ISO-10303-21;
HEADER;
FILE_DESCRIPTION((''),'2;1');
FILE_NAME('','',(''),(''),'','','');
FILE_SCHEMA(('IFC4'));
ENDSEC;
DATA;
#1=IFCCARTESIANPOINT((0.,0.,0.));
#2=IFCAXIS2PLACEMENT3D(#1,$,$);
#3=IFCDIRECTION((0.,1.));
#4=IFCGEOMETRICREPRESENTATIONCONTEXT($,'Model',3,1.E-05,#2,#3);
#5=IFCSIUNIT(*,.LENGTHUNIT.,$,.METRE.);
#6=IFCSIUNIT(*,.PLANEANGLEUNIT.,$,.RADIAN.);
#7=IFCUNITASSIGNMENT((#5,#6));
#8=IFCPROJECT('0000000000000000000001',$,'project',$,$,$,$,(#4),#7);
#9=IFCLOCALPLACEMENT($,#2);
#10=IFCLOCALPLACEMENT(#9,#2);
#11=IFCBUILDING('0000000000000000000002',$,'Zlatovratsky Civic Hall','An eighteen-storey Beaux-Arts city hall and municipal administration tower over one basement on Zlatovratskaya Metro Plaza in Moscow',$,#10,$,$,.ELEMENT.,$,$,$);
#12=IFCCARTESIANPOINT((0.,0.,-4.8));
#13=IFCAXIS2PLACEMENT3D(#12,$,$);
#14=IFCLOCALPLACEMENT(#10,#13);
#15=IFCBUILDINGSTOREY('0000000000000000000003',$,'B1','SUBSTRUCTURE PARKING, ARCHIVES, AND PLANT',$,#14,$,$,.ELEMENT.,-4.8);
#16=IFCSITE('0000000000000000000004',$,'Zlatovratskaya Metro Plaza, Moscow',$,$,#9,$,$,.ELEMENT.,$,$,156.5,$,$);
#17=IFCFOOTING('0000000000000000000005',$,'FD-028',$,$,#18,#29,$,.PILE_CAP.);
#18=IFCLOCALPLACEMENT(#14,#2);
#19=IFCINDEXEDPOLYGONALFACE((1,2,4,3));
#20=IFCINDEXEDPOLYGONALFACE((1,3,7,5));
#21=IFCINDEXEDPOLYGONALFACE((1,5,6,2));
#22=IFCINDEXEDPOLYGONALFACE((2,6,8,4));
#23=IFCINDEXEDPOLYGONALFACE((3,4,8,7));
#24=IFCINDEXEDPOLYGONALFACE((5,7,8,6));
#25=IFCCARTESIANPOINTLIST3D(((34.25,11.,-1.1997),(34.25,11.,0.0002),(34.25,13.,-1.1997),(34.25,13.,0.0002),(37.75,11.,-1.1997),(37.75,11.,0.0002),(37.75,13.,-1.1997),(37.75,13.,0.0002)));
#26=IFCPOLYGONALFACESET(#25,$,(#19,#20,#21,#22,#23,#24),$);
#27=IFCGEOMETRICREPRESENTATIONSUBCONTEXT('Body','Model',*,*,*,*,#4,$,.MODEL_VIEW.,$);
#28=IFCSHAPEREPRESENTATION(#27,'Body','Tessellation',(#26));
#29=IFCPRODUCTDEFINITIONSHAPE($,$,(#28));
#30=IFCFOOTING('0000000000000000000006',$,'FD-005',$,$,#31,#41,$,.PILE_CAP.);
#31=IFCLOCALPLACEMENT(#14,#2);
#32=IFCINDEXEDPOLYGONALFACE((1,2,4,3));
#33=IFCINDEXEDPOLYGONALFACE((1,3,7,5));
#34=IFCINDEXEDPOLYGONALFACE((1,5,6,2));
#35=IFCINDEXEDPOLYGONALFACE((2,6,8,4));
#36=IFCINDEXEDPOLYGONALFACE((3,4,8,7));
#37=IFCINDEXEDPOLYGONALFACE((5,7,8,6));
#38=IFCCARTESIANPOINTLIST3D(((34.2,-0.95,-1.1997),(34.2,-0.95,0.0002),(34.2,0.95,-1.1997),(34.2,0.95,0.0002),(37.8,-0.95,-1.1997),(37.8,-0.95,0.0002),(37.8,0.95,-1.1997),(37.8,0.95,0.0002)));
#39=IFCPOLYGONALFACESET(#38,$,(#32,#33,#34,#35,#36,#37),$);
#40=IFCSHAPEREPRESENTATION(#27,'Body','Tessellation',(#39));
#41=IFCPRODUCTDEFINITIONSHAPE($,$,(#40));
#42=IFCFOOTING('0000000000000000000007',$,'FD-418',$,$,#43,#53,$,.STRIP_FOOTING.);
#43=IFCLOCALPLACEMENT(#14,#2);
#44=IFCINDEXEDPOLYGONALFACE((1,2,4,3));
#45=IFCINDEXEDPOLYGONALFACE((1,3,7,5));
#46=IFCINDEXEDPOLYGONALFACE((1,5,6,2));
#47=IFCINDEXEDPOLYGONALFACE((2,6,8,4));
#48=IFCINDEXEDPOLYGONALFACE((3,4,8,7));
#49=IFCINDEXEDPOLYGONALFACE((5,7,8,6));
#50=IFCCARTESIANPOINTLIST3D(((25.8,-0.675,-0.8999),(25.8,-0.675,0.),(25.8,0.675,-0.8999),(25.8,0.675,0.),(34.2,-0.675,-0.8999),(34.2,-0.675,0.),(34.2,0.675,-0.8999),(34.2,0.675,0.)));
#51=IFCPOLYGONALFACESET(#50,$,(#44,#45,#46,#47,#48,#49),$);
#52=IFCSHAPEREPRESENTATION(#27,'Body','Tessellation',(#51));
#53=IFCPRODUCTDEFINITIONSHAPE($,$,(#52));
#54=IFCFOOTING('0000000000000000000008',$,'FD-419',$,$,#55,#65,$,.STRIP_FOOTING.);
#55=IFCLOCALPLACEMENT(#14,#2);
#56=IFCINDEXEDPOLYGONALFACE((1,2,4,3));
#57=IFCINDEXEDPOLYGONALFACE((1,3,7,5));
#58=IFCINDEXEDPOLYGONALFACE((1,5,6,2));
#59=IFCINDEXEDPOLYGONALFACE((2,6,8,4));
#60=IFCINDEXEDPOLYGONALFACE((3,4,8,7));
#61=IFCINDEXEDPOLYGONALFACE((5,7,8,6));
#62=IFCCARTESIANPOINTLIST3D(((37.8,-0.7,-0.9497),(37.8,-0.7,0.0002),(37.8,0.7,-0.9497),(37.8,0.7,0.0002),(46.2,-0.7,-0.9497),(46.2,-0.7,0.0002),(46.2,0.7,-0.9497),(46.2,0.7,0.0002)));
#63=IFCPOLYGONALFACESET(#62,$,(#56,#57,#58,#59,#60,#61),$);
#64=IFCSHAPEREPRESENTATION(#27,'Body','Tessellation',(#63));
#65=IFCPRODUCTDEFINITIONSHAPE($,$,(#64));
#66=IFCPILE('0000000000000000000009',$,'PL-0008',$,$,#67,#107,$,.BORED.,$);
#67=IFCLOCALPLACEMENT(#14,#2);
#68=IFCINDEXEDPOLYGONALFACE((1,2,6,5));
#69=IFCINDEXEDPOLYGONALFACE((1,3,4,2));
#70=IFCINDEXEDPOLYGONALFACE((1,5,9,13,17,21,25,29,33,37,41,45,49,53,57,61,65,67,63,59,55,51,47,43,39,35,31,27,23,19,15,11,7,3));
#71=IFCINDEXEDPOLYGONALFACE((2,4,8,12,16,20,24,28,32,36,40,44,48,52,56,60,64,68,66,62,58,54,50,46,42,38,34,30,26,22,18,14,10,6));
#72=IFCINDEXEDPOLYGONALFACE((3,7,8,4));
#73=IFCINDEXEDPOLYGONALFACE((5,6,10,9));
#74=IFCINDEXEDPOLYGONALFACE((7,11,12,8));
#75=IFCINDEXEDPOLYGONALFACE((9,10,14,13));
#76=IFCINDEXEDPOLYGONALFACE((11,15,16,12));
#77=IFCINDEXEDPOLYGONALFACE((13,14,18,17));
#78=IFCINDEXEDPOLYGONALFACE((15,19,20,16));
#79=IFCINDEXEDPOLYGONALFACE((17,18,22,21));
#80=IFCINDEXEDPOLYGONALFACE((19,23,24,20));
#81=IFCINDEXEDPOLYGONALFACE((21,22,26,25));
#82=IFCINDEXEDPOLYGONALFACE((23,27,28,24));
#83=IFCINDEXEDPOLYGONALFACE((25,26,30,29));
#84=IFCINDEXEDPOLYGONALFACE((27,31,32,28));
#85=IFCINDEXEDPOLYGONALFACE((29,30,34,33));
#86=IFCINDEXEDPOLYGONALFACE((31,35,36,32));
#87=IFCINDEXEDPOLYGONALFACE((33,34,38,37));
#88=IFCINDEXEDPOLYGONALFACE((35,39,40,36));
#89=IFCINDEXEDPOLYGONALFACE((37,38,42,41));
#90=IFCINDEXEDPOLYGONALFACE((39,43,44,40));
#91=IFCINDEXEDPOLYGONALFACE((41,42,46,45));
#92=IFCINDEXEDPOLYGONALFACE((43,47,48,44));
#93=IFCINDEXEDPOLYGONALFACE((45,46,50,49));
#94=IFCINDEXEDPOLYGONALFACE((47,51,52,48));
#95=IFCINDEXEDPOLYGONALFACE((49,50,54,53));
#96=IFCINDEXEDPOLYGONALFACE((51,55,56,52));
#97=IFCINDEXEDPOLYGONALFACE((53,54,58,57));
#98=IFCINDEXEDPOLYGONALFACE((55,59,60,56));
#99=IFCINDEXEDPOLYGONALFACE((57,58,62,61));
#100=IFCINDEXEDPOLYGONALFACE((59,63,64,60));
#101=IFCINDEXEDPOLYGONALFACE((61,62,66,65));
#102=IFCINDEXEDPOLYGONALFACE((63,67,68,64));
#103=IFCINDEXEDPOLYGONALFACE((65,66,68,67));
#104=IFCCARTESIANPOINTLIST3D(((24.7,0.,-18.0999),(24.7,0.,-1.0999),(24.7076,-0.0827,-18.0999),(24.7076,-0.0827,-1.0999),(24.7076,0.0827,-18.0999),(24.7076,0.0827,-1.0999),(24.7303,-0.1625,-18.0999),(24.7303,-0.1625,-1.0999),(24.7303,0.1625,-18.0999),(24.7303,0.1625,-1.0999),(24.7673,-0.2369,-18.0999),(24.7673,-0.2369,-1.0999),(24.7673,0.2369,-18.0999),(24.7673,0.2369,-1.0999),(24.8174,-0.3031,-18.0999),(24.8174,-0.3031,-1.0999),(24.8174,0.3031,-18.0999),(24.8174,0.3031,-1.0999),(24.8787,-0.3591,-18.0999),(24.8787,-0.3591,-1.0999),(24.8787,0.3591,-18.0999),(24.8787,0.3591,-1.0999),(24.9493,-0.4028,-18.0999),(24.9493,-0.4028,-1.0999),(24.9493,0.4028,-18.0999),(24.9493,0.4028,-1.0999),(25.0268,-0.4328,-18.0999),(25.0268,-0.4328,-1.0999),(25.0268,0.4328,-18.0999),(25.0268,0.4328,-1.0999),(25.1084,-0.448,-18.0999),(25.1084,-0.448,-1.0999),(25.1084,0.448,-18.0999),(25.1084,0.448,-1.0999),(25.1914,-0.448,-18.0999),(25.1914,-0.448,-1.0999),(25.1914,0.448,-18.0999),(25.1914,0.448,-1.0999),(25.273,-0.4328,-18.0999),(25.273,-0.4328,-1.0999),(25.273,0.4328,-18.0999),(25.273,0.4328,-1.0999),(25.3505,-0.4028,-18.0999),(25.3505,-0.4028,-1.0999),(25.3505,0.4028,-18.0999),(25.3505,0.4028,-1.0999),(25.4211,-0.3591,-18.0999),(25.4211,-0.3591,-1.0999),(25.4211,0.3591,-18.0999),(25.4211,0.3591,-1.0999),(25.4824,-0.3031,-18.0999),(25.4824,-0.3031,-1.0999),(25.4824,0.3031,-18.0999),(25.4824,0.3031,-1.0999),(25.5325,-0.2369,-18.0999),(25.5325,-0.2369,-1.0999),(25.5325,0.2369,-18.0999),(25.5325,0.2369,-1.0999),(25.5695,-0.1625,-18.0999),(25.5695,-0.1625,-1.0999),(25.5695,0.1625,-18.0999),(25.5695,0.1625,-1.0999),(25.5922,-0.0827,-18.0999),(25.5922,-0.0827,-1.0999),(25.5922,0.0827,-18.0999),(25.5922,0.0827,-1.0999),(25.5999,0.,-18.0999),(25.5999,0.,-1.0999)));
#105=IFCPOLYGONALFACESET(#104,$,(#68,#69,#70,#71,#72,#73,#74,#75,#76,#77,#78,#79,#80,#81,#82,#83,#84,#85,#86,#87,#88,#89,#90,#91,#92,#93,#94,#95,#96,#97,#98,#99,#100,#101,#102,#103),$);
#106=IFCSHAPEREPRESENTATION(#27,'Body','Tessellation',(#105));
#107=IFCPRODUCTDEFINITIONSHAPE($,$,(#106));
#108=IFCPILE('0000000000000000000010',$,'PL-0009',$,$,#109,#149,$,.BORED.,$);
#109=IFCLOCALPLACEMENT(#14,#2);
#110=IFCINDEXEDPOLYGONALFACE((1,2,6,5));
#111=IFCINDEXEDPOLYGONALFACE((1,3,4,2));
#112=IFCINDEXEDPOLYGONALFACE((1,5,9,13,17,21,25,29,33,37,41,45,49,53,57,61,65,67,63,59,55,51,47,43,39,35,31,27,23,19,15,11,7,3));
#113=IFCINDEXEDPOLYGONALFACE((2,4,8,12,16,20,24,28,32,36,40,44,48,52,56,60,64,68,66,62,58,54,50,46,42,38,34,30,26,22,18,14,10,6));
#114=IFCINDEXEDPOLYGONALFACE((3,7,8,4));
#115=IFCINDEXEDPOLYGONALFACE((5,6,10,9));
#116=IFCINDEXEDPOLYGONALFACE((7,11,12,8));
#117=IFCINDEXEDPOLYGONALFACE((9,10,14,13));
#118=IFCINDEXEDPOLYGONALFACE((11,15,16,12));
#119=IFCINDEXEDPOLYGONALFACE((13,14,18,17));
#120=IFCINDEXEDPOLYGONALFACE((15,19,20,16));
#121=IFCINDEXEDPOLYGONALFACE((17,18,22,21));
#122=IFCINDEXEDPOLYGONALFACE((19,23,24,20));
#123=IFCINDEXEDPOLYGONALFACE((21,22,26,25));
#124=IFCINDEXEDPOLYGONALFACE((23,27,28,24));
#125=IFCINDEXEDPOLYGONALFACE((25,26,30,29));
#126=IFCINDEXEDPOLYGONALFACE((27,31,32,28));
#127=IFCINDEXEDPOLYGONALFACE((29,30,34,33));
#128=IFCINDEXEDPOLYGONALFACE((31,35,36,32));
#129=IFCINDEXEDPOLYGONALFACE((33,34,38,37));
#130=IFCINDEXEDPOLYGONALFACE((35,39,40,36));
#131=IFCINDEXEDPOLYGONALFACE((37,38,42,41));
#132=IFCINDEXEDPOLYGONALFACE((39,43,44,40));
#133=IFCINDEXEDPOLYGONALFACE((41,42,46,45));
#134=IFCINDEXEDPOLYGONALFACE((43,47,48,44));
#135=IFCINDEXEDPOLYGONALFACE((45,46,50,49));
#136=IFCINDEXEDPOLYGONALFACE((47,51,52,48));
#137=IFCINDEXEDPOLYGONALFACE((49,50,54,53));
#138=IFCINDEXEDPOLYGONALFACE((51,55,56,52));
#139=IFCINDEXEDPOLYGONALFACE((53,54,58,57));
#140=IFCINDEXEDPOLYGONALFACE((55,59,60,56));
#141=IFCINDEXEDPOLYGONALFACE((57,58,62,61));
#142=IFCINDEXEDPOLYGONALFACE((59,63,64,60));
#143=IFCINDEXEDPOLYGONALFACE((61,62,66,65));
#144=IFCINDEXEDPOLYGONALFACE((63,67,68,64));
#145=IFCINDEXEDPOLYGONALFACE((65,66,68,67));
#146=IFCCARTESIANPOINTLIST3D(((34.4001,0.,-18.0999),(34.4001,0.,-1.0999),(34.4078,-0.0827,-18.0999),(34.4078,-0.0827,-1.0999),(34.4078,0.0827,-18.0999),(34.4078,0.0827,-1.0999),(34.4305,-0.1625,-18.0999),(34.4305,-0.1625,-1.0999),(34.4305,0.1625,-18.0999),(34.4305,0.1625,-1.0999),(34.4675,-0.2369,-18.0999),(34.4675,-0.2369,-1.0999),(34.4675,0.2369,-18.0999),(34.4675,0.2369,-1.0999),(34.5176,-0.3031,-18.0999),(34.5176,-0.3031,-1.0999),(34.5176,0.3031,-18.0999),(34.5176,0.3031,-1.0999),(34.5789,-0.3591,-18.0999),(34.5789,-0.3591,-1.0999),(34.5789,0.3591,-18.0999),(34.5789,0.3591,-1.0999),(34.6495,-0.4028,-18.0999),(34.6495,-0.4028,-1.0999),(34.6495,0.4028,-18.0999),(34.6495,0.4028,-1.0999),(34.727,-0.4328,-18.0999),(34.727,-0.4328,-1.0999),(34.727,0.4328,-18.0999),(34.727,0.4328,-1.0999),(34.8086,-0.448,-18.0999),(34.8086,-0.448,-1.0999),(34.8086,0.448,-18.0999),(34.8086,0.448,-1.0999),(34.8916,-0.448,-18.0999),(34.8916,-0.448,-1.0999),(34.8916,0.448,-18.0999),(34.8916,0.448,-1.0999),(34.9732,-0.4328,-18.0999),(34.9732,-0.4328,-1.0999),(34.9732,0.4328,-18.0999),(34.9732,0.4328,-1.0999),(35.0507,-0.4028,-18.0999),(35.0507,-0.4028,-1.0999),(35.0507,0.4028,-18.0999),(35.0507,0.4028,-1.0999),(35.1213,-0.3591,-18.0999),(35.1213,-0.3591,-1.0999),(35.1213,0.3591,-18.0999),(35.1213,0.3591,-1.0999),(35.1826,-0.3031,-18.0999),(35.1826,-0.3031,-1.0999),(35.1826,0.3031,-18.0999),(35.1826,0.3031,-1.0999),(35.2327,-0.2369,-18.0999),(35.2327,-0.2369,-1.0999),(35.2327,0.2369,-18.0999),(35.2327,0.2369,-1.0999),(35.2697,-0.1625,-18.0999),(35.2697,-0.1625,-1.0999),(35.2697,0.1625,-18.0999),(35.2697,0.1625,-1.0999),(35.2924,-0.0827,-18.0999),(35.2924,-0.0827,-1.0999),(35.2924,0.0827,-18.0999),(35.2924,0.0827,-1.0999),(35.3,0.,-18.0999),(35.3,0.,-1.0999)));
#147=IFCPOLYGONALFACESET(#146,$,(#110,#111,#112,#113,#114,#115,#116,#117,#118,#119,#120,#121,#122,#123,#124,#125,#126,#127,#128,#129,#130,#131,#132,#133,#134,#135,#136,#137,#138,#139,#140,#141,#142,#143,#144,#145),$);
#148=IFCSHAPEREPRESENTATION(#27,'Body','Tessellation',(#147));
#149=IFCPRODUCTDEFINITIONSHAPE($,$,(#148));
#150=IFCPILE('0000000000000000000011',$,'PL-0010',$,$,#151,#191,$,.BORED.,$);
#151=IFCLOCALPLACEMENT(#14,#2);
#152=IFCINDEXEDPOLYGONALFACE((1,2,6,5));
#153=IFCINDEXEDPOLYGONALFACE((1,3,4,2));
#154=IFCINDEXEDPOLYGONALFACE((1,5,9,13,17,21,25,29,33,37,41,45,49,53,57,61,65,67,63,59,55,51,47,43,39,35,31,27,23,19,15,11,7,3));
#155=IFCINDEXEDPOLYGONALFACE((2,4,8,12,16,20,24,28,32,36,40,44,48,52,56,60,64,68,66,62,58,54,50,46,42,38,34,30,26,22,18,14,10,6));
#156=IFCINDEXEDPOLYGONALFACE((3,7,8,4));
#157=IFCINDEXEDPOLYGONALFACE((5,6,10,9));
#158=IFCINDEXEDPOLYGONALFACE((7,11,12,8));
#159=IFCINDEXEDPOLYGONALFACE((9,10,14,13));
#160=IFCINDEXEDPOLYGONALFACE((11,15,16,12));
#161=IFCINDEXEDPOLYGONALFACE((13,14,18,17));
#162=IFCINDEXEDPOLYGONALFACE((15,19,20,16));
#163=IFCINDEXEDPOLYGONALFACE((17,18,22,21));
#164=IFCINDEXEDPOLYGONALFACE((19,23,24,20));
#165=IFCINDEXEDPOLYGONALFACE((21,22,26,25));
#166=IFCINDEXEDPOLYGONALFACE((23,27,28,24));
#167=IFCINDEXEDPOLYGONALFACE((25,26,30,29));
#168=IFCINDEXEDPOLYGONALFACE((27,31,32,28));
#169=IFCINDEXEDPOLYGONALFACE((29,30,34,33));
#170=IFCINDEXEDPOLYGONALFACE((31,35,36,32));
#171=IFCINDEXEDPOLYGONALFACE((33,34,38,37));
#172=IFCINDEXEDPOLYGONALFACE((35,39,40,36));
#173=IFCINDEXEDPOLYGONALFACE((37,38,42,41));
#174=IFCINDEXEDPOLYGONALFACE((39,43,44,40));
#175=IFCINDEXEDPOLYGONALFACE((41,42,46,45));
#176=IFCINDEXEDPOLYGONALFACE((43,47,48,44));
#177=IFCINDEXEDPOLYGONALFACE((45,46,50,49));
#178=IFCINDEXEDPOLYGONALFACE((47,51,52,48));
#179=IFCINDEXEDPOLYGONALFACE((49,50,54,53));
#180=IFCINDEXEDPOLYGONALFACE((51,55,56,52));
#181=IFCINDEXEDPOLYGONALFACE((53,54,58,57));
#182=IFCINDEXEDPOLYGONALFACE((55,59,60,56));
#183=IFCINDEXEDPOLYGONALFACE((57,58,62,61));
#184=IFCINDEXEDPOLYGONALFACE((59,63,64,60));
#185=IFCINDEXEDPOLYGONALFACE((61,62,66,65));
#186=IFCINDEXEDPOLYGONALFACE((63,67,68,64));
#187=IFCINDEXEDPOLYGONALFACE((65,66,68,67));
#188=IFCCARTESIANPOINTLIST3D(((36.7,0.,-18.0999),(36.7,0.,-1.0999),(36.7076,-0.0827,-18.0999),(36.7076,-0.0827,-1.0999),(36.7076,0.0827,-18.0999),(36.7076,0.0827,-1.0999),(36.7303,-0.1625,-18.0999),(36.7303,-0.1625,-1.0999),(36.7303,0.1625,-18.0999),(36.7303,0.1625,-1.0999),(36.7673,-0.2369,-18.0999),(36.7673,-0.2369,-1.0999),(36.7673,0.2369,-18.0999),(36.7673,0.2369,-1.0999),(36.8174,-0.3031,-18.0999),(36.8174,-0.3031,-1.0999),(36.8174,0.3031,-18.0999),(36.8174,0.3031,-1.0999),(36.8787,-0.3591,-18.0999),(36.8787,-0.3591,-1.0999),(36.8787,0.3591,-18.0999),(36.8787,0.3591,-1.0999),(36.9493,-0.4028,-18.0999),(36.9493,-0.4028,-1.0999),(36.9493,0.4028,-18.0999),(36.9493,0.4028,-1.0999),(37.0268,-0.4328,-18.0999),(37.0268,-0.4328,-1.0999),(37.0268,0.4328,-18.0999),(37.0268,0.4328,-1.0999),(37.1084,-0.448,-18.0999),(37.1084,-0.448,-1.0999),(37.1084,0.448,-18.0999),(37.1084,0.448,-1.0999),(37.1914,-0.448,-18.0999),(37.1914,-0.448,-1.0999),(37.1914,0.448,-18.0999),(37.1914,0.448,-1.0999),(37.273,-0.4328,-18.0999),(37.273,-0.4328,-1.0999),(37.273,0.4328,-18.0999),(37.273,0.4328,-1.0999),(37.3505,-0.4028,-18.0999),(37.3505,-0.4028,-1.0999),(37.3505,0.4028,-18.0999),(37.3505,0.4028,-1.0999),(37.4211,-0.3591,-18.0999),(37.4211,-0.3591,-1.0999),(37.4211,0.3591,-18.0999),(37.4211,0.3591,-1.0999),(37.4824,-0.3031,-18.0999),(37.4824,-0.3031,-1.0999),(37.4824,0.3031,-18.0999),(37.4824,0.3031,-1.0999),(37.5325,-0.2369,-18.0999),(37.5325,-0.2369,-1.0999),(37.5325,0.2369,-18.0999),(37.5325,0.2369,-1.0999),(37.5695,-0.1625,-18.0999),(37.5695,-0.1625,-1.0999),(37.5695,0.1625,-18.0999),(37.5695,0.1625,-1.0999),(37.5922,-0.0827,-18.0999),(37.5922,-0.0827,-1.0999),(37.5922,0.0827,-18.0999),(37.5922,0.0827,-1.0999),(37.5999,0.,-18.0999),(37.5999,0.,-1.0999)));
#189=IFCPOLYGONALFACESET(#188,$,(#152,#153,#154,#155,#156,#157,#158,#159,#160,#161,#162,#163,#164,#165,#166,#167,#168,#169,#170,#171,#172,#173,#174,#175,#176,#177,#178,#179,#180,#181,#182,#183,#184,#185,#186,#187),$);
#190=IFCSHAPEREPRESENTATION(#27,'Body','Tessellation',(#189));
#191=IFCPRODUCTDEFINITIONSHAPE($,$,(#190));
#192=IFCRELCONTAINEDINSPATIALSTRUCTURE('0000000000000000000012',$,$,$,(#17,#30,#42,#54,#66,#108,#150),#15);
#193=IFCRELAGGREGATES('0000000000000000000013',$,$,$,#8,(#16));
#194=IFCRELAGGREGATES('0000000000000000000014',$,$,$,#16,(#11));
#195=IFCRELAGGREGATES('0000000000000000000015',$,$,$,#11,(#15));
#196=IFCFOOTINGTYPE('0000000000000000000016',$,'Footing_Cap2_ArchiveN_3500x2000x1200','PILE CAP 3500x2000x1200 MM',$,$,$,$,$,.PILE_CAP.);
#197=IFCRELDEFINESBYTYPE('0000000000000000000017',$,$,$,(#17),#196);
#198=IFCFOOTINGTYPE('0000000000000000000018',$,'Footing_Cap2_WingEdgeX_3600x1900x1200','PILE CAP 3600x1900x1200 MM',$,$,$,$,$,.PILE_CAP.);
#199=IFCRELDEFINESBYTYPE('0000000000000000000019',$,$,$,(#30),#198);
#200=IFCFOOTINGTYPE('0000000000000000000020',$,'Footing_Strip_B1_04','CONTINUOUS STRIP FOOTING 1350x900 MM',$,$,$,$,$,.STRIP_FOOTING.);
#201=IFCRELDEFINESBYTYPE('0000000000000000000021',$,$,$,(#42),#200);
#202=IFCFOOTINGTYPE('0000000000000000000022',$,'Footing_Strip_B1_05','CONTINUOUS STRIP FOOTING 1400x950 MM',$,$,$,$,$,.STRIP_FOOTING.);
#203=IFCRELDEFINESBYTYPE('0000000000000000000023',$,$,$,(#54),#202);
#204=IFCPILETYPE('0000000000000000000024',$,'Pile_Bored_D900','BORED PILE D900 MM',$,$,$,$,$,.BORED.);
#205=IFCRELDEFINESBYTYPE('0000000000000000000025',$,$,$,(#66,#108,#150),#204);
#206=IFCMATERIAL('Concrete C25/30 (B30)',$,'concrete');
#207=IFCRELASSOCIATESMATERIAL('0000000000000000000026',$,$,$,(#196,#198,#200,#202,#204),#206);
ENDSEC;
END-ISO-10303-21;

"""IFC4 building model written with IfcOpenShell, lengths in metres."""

from ifc_helpers import new_model, si_unit, direction, frame, origin, origin_2d, place, context, subcontext, project, spatial, rectangle, circle, extrude, material, material_profile, profile_set, type_object, element, save


model = new_model("IFC4")

# Units and contexts
model_context = context("Model", 3, precision=1e-05, world=origin(), true_north=direction((0.0, 1.0)))
body_context = subcontext(model_context, "Body", "Model", "MODEL_VIEW")
ifc_project = project(units=[si_unit("LENGTHUNIT", "METRE"), si_unit("PLANEANGLEUNIT", "RADIAN")], contexts=[model_context])

# Site, building, storey
site_placement = place(None, origin())
site = spatial("IfcSite", under=ifc_project, at=site_placement, Name="Zlatovratskaya Metro Plaza, Moscow", CompositionType="ELEMENT", RefElevation=156.5)
building_placement = place(site_placement, origin())
building = spatial("IfcBuilding", under=site, at=building_placement, Name="Zlatovratsky Civic Hall", Description="An eighteen-storey Beaux-Arts city hall and municipal administration tower over one basement on Zlatovratskaya Metro Plaza in Moscow", CompositionType="ELEMENT")
storey_placement = place(building_placement, frame((0.0, 0.0, -4.8)))
storey = spatial("IfcBuildingStorey", under=building, at=storey_placement, Name="B1", Description="SUBSTRUCTURE PARKING, ARCHIVES, AND PLANT", CompositionType="ELEMENT", Elevation=-4.8)

# Footings
ifc_material_1 = material(Name="Concrete C25/30 (B30)", Category="concrete")
footing_type_1 = type_object("IfcFootingType", Name="Footing_Cap2_ArchiveN_3500x2000x1200", Description="PILE CAP 3500x2000x1200 MM", PredefinedType="PILE_CAP", material=ifc_material_1)
footing_1_placement = place(storey_placement, frame((36.0, 12.0, -1.1997), z_axis=(0.0, 0.0, 1.0), x_axis=(1.0, 0.0, 0.0)))
element("IfcFooting", 1, at=footing_1_placement, inside=storey, type_object=footing_type_1, Name="FD-028", PredefinedType="PILE_CAP", context=body_context, shape_type="SweptSolid", body=[
    extrude(rectangle(XDim=3.5, YDim=2.0, at=origin_2d()), origin(), (0.0, 0.0, 1.0), 1.2),
])
footing_type_2 = type_object("IfcFootingType", Name="Footing_Cap2_WingEdgeX_3600x1900x1200", Description="PILE CAP 3600x1900x1200 MM", PredefinedType="PILE_CAP", material=ifc_material_1)
footing_2_placement = place(storey_placement, frame((36.0, 0.0, -1.1997), z_axis=(0.0, 0.0, 1.0), x_axis=(1.0, 0.0, 0.0)))
element("IfcFooting", 2, at=footing_2_placement, inside=storey, type_object=footing_type_2, Name="FD-005", PredefinedType="PILE_CAP", context=body_context, shape_type="SweptSolid", body=[
    extrude(rectangle(XDim=3.6001, YDim=1.8999, at=origin_2d()), origin(), (0.0, 0.0, 1.0), 1.2),
])
footing_type_3 = type_object("IfcFootingType", Name="Footing_Strip_B1_04", Description="CONTINUOUS STRIP FOOTING 1350x900 MM", PredefinedType="STRIP_FOOTING", material=ifc_material_1)
footing_3_placement = place(storey_placement, frame((30.0, 0.0, -0.8999), z_axis=(0.0, 0.0, 1.0), x_axis=(1.0, 0.0, 0.0)))
element("IfcFooting", 3, at=footing_3_placement, inside=storey, type_object=footing_type_3, Name="FD-418", PredefinedType="STRIP_FOOTING", context=body_context, shape_type="SweptSolid", body=[
    extrude(rectangle(XDim=8.3999, YDim=1.3501, at=origin_2d()), origin(), (0.0, 0.0, 1.0), 0.8999),
])
footing_type_4 = type_object("IfcFootingType", Name="Footing_Strip_B1_05", Description="CONTINUOUS STRIP FOOTING 1400x950 MM", PredefinedType="STRIP_FOOTING", material=ifc_material_1)
footing_4_placement = place(storey_placement, frame((42.0, 0.0, -0.9497), z_axis=(0.0, 0.0, 1.0), x_axis=(1.0, 0.0, 0.0)))
element("IfcFooting", 4, at=footing_4_placement, inside=storey, type_object=footing_type_4, Name="FD-419", PredefinedType="STRIP_FOOTING", context=body_context, shape_type="SweptSolid", body=[
    extrude(rectangle(XDim=8.3999, YDim=1.3999, at=origin_2d()), origin(), (0.0, 0.0, 1.0), 0.95),
])

# Piles
ifc_material_profile_1 = material_profile(ifc_material_1, circle(Radius=0.45, at=origin_2d()), Name="PILE D900")
ifc_profile_set_1 = profile_set([ifc_material_profile_1], Name="Concrete C25/30 (B30)")
pile_type = type_object("IfcPileType", Name="Pile_Bored_D900", Description="BORED PILE D900 MM", PredefinedType="BORED", material=ifc_profile_set_1)
for number, where, z_axis, x_axis, name in (
    (5, (25.1499, 0.0, -1.0999), (0.0, 0.0, -1.0), (1.0, 0.0, 0.0), "PL-0008"),
    (6, (34.8501, 0.0, -1.0999), (0.0, 0.0, -1.0), (1.0, 0.0, 0.0), "PL-0009"),
    (7, (37.1499, 0.0, -1.0999), (0.0, 0.0, -1.0), (1.0, 0.0, 0.0), "PL-0010"),
):
    element("IfcPile", number, at=place(storey_placement, frame(where, z_axis=z_axis, x_axis=x_axis)), inside=storey, type_object=pile_type, Name=name, PredefinedType="BORED", context=body_context, shape_type="SweptSolid", body=[
        extrude(circle(Radius=0.45, at=origin_2d()), origin(), (0.0, 0.0, 1.0), 17.0),
    ])

save(model, "model.ifc")
